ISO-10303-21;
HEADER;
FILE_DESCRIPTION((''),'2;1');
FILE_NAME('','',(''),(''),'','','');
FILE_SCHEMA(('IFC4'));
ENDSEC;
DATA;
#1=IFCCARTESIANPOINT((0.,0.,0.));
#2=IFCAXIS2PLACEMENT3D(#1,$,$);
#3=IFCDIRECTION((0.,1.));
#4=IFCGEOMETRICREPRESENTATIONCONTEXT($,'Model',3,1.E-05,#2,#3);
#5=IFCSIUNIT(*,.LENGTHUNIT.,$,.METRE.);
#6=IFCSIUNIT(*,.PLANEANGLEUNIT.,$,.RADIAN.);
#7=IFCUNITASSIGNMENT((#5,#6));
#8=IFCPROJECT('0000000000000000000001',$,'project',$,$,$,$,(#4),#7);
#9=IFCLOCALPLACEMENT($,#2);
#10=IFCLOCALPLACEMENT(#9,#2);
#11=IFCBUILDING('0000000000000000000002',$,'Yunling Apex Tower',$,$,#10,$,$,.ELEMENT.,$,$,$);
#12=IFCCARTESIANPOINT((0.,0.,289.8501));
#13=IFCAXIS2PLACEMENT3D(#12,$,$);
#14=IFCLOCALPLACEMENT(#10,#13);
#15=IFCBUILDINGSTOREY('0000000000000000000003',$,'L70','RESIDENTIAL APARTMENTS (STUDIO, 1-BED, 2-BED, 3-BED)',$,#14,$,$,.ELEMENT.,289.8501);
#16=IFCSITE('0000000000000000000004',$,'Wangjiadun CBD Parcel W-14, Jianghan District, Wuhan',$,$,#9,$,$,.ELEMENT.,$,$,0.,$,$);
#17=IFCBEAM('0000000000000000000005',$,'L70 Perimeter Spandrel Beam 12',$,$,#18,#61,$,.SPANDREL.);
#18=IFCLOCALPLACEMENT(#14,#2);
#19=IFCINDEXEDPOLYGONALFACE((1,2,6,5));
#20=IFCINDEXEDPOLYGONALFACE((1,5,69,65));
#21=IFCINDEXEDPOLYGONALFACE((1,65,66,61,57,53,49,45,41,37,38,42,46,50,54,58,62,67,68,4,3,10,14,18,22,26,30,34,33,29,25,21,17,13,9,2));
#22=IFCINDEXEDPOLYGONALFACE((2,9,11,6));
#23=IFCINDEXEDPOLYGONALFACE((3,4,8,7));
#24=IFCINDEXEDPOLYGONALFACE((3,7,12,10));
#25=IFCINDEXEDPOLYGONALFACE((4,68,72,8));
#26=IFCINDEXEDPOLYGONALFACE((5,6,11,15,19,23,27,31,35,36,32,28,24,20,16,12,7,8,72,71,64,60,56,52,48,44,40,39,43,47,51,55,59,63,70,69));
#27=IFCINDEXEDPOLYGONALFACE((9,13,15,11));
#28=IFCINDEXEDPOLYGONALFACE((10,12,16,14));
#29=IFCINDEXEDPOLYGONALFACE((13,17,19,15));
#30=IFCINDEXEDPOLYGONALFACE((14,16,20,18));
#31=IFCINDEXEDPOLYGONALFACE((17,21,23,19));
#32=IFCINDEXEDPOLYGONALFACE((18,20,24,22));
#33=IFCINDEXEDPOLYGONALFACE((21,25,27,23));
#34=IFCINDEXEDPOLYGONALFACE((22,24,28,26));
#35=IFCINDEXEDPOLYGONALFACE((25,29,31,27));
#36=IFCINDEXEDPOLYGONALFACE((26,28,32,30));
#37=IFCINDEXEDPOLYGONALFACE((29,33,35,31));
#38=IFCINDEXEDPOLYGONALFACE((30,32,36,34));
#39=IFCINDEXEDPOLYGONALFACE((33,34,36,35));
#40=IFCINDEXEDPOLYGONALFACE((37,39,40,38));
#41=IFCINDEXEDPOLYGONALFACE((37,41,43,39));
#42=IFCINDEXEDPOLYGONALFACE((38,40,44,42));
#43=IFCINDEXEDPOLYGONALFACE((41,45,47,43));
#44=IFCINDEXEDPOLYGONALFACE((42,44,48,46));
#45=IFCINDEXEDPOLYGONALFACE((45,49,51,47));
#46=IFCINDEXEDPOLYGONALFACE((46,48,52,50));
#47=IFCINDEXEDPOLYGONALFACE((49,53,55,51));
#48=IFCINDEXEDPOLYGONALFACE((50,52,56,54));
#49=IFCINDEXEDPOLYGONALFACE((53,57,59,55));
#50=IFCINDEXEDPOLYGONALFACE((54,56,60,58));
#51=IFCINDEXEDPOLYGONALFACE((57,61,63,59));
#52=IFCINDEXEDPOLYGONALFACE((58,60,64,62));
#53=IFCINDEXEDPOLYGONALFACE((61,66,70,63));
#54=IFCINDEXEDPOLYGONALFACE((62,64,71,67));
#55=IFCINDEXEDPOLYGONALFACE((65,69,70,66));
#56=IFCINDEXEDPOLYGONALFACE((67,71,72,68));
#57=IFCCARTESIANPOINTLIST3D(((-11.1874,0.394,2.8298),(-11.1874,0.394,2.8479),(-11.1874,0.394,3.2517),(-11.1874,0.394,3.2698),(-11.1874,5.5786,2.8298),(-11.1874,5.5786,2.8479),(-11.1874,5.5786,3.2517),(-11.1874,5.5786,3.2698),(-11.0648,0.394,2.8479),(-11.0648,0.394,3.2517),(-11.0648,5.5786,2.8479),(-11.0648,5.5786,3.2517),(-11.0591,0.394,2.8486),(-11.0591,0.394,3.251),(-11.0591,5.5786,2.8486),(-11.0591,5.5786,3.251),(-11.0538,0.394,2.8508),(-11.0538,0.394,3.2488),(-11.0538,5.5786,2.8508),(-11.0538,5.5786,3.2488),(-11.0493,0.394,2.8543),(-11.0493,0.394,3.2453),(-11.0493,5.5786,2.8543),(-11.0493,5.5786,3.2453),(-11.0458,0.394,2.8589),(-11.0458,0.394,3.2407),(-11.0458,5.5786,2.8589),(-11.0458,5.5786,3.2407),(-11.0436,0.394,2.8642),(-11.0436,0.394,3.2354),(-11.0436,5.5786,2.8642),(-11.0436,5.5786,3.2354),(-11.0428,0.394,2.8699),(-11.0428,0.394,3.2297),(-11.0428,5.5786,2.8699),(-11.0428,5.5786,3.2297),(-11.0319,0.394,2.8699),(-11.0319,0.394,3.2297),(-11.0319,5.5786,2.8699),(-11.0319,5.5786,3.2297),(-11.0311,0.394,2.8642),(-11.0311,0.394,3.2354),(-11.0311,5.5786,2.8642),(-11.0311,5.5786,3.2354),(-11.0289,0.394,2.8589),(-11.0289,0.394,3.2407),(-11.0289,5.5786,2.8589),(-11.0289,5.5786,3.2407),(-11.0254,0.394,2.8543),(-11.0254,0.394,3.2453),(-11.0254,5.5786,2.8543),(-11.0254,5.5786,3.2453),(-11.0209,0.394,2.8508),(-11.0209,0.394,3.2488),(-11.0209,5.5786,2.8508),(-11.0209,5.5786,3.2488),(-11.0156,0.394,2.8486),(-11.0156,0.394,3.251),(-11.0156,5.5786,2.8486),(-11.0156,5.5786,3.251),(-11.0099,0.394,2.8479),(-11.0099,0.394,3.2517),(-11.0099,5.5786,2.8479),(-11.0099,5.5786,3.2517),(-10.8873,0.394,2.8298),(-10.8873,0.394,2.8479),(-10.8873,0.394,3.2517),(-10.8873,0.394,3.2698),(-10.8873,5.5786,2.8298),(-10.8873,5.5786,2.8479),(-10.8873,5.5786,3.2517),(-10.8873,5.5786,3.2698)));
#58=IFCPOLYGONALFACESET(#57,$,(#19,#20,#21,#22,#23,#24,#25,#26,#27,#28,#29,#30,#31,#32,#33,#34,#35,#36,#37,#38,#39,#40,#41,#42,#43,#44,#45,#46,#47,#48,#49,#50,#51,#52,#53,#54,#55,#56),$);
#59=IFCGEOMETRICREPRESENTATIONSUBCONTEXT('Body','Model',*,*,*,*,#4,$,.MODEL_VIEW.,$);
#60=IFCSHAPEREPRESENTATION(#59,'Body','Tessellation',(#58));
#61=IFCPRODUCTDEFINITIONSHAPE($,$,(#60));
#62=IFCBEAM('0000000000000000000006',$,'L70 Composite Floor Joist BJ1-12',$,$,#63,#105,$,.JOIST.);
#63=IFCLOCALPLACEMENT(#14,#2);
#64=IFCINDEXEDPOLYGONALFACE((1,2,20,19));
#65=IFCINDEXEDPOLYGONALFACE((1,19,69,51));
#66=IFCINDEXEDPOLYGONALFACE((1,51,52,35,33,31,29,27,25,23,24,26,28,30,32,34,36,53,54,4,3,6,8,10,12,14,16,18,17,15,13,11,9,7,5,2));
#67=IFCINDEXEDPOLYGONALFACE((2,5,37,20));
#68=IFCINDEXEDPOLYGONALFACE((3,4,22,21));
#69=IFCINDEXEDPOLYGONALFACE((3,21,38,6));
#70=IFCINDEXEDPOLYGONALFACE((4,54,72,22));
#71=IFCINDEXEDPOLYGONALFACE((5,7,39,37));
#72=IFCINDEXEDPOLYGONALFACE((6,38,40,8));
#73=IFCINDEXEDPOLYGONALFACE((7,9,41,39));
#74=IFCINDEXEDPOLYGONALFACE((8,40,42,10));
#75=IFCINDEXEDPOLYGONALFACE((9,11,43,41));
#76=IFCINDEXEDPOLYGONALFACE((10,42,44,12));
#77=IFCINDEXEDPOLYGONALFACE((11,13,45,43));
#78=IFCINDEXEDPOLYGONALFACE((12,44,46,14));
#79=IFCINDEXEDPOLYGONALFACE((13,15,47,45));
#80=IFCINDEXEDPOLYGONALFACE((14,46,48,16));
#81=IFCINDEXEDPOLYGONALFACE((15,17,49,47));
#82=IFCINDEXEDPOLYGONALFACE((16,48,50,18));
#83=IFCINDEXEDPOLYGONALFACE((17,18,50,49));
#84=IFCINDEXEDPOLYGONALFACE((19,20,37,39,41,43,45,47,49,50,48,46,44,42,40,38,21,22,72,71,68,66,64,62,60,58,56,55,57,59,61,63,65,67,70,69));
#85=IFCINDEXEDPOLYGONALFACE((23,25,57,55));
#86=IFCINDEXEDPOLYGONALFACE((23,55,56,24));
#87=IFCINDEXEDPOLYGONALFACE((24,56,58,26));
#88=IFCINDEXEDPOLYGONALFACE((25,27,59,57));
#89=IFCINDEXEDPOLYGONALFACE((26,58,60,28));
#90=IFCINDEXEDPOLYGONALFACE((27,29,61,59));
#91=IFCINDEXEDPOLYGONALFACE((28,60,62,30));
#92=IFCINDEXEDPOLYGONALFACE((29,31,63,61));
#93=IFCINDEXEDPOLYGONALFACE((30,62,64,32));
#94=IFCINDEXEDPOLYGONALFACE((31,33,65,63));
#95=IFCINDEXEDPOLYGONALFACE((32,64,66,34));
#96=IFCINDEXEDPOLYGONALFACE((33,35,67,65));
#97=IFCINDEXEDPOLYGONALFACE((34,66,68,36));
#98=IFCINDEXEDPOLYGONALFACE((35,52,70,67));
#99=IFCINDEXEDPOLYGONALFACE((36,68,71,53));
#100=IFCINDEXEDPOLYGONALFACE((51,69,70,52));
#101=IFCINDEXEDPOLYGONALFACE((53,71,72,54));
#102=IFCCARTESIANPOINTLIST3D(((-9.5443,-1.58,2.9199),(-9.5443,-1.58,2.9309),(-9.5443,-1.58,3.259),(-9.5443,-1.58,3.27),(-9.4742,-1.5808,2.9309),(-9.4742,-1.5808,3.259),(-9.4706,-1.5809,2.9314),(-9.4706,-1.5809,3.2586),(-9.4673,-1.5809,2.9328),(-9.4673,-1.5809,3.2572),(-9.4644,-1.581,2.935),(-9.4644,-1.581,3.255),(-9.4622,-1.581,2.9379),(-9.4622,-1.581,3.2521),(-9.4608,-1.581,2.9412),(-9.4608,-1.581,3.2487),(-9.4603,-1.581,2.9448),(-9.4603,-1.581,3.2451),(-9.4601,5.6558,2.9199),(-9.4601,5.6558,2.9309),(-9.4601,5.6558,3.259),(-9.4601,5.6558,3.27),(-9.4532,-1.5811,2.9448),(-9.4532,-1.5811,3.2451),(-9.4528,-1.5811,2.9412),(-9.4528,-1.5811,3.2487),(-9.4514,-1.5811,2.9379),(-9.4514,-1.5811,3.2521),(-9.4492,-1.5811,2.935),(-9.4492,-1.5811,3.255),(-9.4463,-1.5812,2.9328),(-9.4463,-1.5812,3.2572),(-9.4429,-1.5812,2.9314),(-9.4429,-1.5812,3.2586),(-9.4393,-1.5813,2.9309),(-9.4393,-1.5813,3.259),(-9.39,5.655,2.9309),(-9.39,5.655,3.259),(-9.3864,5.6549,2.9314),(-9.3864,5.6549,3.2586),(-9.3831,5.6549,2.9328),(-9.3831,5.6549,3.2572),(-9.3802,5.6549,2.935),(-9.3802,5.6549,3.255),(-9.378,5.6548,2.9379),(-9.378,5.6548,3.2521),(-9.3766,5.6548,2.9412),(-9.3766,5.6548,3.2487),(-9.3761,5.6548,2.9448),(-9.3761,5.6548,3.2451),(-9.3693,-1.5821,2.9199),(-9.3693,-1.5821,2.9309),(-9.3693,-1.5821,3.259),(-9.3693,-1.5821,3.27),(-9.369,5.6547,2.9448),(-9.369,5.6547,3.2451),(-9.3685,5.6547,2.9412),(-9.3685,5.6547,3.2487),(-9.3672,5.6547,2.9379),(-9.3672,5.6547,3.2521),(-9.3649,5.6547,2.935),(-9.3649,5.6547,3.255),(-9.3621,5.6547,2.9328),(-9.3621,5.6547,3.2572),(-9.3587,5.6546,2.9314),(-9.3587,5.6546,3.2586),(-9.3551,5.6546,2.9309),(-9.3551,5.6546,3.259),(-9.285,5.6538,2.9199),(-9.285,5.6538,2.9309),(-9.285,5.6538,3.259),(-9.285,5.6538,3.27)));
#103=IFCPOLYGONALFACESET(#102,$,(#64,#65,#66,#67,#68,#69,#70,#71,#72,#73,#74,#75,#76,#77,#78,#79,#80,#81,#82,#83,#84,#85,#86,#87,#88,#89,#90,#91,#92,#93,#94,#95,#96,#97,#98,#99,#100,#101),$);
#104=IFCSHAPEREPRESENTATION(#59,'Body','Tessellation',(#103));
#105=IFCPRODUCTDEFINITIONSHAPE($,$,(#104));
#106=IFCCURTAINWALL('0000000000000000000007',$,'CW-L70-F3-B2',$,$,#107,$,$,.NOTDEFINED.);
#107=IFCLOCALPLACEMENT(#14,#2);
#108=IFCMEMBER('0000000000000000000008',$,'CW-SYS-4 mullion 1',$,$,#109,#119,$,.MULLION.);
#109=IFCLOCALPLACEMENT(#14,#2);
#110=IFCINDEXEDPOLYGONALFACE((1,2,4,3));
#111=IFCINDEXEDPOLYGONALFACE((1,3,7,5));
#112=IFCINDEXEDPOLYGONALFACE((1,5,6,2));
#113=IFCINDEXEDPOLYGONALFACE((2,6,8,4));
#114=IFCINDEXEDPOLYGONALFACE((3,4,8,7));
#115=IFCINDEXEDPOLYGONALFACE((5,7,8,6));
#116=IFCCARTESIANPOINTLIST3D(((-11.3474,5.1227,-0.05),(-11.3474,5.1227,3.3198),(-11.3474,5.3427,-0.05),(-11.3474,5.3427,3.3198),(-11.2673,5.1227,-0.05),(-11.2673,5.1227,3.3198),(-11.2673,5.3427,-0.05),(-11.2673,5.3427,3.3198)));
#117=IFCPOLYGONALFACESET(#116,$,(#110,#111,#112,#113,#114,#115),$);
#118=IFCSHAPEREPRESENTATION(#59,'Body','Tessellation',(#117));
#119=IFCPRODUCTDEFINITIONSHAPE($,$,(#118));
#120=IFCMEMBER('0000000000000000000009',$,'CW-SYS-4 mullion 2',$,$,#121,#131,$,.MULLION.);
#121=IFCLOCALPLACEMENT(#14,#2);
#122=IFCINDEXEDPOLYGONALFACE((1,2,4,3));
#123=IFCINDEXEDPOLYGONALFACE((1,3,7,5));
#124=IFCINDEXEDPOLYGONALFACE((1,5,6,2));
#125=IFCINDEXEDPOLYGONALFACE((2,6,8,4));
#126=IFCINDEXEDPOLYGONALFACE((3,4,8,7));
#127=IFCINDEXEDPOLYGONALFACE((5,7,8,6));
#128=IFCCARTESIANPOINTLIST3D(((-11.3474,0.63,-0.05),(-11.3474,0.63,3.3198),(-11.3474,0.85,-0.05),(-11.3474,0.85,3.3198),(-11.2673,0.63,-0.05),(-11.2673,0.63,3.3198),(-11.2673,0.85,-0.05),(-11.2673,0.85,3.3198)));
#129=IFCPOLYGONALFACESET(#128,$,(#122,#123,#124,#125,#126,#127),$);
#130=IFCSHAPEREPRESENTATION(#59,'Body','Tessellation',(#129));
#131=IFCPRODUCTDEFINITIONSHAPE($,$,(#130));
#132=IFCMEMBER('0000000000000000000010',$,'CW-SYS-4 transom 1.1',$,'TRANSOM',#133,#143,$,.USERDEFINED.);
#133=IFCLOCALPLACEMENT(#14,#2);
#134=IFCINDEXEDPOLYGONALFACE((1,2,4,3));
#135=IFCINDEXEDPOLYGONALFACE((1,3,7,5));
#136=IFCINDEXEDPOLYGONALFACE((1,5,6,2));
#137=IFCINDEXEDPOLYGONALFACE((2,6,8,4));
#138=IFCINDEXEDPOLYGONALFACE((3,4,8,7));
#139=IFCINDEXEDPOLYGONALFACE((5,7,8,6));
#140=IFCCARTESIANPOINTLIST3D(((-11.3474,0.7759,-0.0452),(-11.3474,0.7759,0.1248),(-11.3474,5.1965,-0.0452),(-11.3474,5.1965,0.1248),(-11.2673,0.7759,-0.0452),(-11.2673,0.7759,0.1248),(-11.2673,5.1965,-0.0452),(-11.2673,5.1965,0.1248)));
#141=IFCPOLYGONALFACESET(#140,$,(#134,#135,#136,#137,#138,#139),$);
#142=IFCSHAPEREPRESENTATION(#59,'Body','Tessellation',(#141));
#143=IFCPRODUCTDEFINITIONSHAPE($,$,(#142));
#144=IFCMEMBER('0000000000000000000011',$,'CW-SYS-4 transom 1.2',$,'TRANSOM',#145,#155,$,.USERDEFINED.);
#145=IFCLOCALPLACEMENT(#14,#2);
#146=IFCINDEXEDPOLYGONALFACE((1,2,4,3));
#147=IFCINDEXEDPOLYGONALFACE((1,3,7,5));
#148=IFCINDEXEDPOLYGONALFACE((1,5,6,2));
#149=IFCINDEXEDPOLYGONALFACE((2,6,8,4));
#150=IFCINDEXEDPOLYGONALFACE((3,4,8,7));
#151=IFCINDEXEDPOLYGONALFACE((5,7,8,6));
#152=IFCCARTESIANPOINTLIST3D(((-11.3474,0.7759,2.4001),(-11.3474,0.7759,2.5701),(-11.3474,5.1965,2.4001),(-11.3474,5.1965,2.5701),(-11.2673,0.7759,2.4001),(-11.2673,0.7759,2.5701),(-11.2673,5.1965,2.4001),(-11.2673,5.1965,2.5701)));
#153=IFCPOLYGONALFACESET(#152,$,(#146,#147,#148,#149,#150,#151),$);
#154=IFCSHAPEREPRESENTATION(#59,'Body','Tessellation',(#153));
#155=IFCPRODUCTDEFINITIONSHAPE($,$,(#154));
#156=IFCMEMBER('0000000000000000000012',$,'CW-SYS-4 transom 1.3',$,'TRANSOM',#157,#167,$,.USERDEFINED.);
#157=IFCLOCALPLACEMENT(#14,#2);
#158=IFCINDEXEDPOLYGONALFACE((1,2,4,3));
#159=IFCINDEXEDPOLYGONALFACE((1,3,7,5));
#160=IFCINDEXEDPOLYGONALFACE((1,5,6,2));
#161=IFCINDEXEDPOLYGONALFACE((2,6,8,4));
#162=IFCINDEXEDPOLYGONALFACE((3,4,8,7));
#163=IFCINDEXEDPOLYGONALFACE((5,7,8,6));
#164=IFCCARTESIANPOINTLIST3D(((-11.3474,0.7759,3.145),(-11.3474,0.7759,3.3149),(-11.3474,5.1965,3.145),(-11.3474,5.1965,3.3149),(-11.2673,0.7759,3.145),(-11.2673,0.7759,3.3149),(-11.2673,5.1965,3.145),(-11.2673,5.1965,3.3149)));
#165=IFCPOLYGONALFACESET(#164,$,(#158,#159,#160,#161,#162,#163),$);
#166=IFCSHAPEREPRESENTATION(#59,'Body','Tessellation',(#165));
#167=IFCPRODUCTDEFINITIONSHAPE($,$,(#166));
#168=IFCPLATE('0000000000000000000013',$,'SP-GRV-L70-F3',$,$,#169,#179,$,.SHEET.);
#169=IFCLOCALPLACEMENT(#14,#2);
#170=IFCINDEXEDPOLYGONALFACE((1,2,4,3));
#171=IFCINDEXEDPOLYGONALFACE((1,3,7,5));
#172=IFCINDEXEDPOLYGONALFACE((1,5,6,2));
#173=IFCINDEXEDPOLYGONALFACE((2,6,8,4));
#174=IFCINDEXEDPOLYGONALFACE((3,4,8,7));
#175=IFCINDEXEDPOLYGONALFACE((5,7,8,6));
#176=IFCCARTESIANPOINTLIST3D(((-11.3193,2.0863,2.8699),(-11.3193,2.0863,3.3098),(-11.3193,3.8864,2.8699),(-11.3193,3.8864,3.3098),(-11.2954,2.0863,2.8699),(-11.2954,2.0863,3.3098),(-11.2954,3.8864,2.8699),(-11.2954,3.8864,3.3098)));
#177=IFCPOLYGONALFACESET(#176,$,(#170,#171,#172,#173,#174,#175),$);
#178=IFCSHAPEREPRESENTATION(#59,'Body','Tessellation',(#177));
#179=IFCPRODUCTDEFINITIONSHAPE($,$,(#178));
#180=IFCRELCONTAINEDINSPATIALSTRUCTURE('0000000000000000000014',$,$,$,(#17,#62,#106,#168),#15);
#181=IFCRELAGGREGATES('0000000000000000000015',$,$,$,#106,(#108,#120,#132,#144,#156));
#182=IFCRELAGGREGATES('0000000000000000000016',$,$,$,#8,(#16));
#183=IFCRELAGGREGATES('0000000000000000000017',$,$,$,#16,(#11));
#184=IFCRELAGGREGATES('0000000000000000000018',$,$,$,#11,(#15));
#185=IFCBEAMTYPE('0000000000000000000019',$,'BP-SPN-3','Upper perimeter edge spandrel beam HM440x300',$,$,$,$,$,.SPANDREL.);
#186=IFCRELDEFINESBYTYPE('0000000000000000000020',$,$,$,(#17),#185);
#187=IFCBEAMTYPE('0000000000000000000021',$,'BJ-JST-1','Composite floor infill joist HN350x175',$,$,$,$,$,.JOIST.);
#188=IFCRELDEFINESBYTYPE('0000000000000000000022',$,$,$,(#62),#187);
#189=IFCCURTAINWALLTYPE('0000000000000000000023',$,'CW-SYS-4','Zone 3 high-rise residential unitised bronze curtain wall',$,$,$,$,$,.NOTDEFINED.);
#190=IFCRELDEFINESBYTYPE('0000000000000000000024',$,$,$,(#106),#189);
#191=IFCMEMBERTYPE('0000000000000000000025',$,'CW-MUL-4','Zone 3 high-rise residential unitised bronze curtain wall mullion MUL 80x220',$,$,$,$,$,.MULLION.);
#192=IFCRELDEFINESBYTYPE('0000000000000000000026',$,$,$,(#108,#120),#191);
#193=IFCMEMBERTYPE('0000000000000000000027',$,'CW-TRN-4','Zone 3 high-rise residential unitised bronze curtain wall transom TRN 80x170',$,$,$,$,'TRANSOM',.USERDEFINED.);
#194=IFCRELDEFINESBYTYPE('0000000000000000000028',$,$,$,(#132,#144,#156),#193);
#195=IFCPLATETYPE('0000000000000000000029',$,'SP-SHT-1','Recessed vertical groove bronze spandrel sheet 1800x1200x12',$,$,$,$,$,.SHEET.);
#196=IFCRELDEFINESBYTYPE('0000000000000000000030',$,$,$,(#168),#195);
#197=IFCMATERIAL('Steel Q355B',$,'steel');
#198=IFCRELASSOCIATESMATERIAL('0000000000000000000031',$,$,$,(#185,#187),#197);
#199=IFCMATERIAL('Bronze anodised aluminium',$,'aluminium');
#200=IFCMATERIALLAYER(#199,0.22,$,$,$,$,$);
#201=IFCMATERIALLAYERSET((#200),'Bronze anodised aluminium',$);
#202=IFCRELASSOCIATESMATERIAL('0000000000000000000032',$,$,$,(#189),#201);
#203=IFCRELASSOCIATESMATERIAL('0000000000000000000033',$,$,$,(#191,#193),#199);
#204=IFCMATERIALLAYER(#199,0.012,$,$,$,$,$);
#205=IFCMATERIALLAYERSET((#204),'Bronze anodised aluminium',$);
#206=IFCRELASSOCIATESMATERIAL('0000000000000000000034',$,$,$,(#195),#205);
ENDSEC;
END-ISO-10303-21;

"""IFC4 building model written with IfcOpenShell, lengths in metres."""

from ifc_helpers import new_model, si_unit, direction, frame, origin, origin_2d, place, context, subcontext, project, spatial, rectangle, i_section, extrude, source, transform, mapped, material, layer, layer_set, material_profile, profile_set, type_object, element, aggregate, save


model = new_model("IFC4")

# Units and contexts
model_context = context("Model", 3, precision=1e-05, world=origin(), true_north=direction((0.0, 1.0)))
body_context = subcontext(model_context, "Body", "Model", "MODEL_VIEW")
ifc_project = project(units=[si_unit("LENGTHUNIT", "METRE"), si_unit("PLANEANGLEUNIT", "RADIAN")], contexts=[model_context])

# Site, building, storey
site_placement = place(None, origin())
site = spatial("IfcSite", under=ifc_project, at=site_placement, Name="Wangjiadun CBD Parcel W-14, Jianghan District, Wuhan", CompositionType="ELEMENT", RefElevation=0.0)
building_placement = place(site_placement, origin())
building = spatial("IfcBuilding", under=site, at=building_placement, Name="Yunling Apex Tower", CompositionType="ELEMENT")
storey_placement = place(building_placement, frame((0.0, 0.0, 289.8501)))
storey = spatial("IfcBuildingStorey", under=building, at=storey_placement, Name="L70", Description="RESIDENTIAL APARTMENTS (STUDIO, 1-BED, 2-BED, 3-BED)", CompositionType="ELEMENT", Elevation=289.8501)

# Beams
ifc_material_1 = material(Name="Steel Q355B", Category="steel")
ifc_material_profile_1 = material_profile(ifc_material_1, i_section(OverallWidth=0.3, OverallDepth=0.4399, WebThickness=0.011, FlangeThickness=0.0181, FilletRadius=0.022, at=origin_2d()))
ifc_profile_set_1 = profile_set([ifc_material_profile_1], Name="Steel Q355B")
beam_type_1 = type_object("IfcBeamType", Name="BP-SPN-3", Description="Upper perimeter edge spandrel beam HM440x300", PredefinedType="SPANDREL", material=ifc_profile_set_1)
shared_shape_1 = source(origin(), body_context, "Body", "SweptSolid", [
    extrude(i_section(OverallWidth=0.3, OverallDepth=0.4399, WebThickness=0.011, FlangeThickness=0.0181, FilletRadius=0.022, at=origin_2d()), origin(), (0.0, 0.0, 1.0), 5.1846),
])
beam_1_placement = place(storey_placement, frame((-11.0374, 5.5786, 3.0498), z_axis=(0.0, -1.0, 0.0), x_axis=(1.0, 0.0, 0.0)))
element("IfcBeam", 1, at=beam_1_placement, inside=storey, type_object=beam_type_1, Name="L70 Perimeter Spandrel Beam 12", PredefinedType="SPANDREL", context=body_context, shape_type="MappedRepresentation", body=[
    mapped(shared_shape_1, transform((0.0, 0.0, 0.0), scale=1.0)),
])
ifc_material_profile_2 = material_profile(ifc_material_1, i_section(OverallWidth=0.175, OverallDepth=0.3501, WebThickness=0.0071, FlangeThickness=0.011, FilletRadius=0.0139, at=origin_2d()))
ifc_profile_set_2 = profile_set([ifc_material_profile_2], Name="Steel Q355B")
beam_type_2 = type_object("IfcBeamType", Name="BJ-JST-1", Description="Composite floor infill joist HN350x175", PredefinedType="JOIST", material=ifc_profile_set_2)
shared_shape_2 = source(origin(), body_context, "Body", "SweptSolid", [
    extrude(i_section(OverallWidth=0.175, OverallDepth=0.3501, WebThickness=0.0071, FlangeThickness=0.011, FilletRadius=0.0139, at=origin_2d()), origin(), (0.0, 0.0, 1.0), 7.2363),
])
beam_2_placement = place(storey_placement, frame((-9.3726, 5.6548, 3.095), z_axis=(-0.01164, -0.999932, 0.0), x_axis=(0.999932, -0.01164, 0.0)))
element("IfcBeam", 2, at=beam_2_placement, inside=storey, type_object=beam_type_2, Name="L70 Composite Floor Joist BJ1-12", PredefinedType="JOIST", context=body_context, shape_type="MappedRepresentation", body=[
    mapped(shared_shape_2, transform((0.0, 0.0, 0.0), scale=1.0)),
])

# Curtain wall, members
ifc_material_2 = material(Name="Bronze anodised aluminium", Category="aluminium")
ifc_layer_1 = layer(ifc_material_2, 0.22)
ifc_layer_set_1 = layer_set([ifc_layer_1], Name="Bronze anodised aluminium")
curtain_wall_type = type_object("IfcCurtainWallType", Name="CW-SYS-4", Description="Zone 3 high-rise residential unitised bronze curtain wall", PredefinedType="NOTDEFINED", material=ifc_layer_set_1)
curtain_wall_placement = place(storey_placement, origin())
curtain_wall = element("IfcCurtainWall", 3, at=curtain_wall_placement, inside=storey, type_object=curtain_wall_type, Name="CW-L70-F3-B2", PredefinedType="NOTDEFINED")
ifc_material_profile_3 = material_profile(ifc_material_2, rectangle(XDim=0.0801, YDim=0.22, at=origin_2d()))
ifc_profile_set_3 = profile_set([ifc_material_profile_3], Name="Bronze anodised aluminium")
member_type_1 = type_object("IfcMemberType", Name="CW-MUL-4", Description="Zone 3 high-rise residential unitised bronze curtain wall mullion MUL 80x220", PredefinedType="MULLION", material=ifc_profile_set_3)
shared_shape_3 = source(origin(), body_context, "Body", "SweptSolid", [
    extrude(rectangle(XDim=0.0801, YDim=0.22, at=origin_2d()), origin(), (0.0, 0.0, 1.0), 3.3699),
])
member_1_placement = place(storey_placement, frame((-11.3074, 5.2327, -0.05), z_axis=(0.0, 0.0, 1.0), x_axis=(1.0, 0.0, 0.0)))
member_1 = element("IfcMember", 4, at=member_1_placement, type_object=member_type_1, Name="CW-SYS-4 mullion 1", PredefinedType="MULLION", context=body_context, shape_type="MappedRepresentation", body=[
    mapped(shared_shape_3, transform((0.0, 0.0, 0.0), scale=1.0)),
])
member_2_placement = place(storey_placement, frame((-11.3074, 0.74, -0.05), z_axis=(0.0, 0.0, 1.0), x_axis=(1.0, 0.0, 0.0)))
member_2 = element("IfcMember", 5, at=member_2_placement, type_object=member_type_1, Name="CW-SYS-4 mullion 2", PredefinedType="MULLION", context=body_context, shape_type="MappedRepresentation", body=[
    mapped(shared_shape_3, transform((0.0, 0.0, 0.0), scale=1.0)),
])
ifc_material_profile_4 = material_profile(ifc_material_2, rectangle(XDim=0.0801, YDim=0.1699, at=origin_2d()))
ifc_profile_set_4 = profile_set([ifc_material_profile_4], Name="Bronze anodised aluminium")
member_type_2 = type_object("IfcMemberType", Name="CW-TRN-4", Description="Zone 3 high-rise residential unitised bronze curtain wall transom TRN 80x170", ElementType="TRANSOM", PredefinedType="USERDEFINED", material=ifc_profile_set_4)
shared_shape_4 = source(origin(), body_context, "Body", "SweptSolid", [
    extrude(rectangle(XDim=0.0801, YDim=0.1699, at=origin_2d()), origin(), (0.0, 0.0, 1.0), 4.4207),
])
member_3_placement = place(storey_placement, frame((-11.3074, 5.1965, 0.0398), z_axis=(0.0, -1.0, 0.0), x_axis=(1.0, 0.0, 0.0)))
member_3 = element("IfcMember", 6, at=member_3_placement, type_object=member_type_2, Name="CW-SYS-4 transom 1.1", ObjectType="TRANSOM", PredefinedType="USERDEFINED", context=body_context, shape_type="MappedRepresentation", body=[
    mapped(shared_shape_4, transform((0.0, 0.0, 0.0), scale=1.0)),
])
member_4_placement = place(storey_placement, frame((-11.3074, 5.1965, 2.4851), z_axis=(0.0, -1.0, 0.0), x_axis=(1.0, 0.0, 0.0)))
member_4 = element("IfcMember", 7, at=member_4_placement, type_object=member_type_2, Name="CW-SYS-4 transom 1.2", ObjectType="TRANSOM", PredefinedType="USERDEFINED", context=body_context, shape_type="MappedRepresentation", body=[
    mapped(shared_shape_4, transform((0.0, 0.0, 0.0), scale=1.0)),
])
member_5_placement = place(storey_placement, frame((-11.3074, 5.1965, 3.23), z_axis=(0.0, -1.0, 0.0), x_axis=(1.0, 0.0, 0.0)))
member_5 = element("IfcMember", 8, at=member_5_placement, type_object=member_type_2, Name="CW-SYS-4 transom 1.3", ObjectType="TRANSOM", PredefinedType="USERDEFINED", context=body_context, shape_type="MappedRepresentation", body=[
    mapped(shared_shape_4, transform((0.0, 0.0, 0.0), scale=1.0)),
])

# Plate
ifc_layer_2 = layer(ifc_material_2, 0.012)
ifc_layer_set_2 = layer_set([ifc_layer_2], Name="Bronze anodised aluminium")
plate_type_1 = type_object("IfcPlateType", Name="SP-SHT-1", Description="Recessed vertical groove bronze spandrel sheet 1800x1200x12", PredefinedType="SHEET", material=ifc_layer_set_2)
shared_shape_5 = source(origin(), body_context, "Body", "SweptSolid", [
    extrude(rectangle(XDim=1.8, YDim=0.0239, at=origin_2d()), origin(), (0.0, 0.0, 1.0), 0.4399),
])
plate_1_placement = place(storey_placement, frame((-11.3074, 2.9863, 2.8699), z_axis=(0.0, 0.0, 1.0), x_axis=(0.0, -1.0, 0.0)))
element("IfcPlate", 9, at=plate_1_placement, inside=storey, type_object=plate_type_1, Name="SP-GRV-L70-F3", PredefinedType="SHEET", context=body_context, shape_type="MappedRepresentation", body=[
    mapped(shared_shape_5, transform((0.0, 0.0, 0.0), scale=1.0)),
])
aggregate(curtain_wall, [member_1, member_2, member_3, member_4, member_5])

save(model, "model.ifc")
